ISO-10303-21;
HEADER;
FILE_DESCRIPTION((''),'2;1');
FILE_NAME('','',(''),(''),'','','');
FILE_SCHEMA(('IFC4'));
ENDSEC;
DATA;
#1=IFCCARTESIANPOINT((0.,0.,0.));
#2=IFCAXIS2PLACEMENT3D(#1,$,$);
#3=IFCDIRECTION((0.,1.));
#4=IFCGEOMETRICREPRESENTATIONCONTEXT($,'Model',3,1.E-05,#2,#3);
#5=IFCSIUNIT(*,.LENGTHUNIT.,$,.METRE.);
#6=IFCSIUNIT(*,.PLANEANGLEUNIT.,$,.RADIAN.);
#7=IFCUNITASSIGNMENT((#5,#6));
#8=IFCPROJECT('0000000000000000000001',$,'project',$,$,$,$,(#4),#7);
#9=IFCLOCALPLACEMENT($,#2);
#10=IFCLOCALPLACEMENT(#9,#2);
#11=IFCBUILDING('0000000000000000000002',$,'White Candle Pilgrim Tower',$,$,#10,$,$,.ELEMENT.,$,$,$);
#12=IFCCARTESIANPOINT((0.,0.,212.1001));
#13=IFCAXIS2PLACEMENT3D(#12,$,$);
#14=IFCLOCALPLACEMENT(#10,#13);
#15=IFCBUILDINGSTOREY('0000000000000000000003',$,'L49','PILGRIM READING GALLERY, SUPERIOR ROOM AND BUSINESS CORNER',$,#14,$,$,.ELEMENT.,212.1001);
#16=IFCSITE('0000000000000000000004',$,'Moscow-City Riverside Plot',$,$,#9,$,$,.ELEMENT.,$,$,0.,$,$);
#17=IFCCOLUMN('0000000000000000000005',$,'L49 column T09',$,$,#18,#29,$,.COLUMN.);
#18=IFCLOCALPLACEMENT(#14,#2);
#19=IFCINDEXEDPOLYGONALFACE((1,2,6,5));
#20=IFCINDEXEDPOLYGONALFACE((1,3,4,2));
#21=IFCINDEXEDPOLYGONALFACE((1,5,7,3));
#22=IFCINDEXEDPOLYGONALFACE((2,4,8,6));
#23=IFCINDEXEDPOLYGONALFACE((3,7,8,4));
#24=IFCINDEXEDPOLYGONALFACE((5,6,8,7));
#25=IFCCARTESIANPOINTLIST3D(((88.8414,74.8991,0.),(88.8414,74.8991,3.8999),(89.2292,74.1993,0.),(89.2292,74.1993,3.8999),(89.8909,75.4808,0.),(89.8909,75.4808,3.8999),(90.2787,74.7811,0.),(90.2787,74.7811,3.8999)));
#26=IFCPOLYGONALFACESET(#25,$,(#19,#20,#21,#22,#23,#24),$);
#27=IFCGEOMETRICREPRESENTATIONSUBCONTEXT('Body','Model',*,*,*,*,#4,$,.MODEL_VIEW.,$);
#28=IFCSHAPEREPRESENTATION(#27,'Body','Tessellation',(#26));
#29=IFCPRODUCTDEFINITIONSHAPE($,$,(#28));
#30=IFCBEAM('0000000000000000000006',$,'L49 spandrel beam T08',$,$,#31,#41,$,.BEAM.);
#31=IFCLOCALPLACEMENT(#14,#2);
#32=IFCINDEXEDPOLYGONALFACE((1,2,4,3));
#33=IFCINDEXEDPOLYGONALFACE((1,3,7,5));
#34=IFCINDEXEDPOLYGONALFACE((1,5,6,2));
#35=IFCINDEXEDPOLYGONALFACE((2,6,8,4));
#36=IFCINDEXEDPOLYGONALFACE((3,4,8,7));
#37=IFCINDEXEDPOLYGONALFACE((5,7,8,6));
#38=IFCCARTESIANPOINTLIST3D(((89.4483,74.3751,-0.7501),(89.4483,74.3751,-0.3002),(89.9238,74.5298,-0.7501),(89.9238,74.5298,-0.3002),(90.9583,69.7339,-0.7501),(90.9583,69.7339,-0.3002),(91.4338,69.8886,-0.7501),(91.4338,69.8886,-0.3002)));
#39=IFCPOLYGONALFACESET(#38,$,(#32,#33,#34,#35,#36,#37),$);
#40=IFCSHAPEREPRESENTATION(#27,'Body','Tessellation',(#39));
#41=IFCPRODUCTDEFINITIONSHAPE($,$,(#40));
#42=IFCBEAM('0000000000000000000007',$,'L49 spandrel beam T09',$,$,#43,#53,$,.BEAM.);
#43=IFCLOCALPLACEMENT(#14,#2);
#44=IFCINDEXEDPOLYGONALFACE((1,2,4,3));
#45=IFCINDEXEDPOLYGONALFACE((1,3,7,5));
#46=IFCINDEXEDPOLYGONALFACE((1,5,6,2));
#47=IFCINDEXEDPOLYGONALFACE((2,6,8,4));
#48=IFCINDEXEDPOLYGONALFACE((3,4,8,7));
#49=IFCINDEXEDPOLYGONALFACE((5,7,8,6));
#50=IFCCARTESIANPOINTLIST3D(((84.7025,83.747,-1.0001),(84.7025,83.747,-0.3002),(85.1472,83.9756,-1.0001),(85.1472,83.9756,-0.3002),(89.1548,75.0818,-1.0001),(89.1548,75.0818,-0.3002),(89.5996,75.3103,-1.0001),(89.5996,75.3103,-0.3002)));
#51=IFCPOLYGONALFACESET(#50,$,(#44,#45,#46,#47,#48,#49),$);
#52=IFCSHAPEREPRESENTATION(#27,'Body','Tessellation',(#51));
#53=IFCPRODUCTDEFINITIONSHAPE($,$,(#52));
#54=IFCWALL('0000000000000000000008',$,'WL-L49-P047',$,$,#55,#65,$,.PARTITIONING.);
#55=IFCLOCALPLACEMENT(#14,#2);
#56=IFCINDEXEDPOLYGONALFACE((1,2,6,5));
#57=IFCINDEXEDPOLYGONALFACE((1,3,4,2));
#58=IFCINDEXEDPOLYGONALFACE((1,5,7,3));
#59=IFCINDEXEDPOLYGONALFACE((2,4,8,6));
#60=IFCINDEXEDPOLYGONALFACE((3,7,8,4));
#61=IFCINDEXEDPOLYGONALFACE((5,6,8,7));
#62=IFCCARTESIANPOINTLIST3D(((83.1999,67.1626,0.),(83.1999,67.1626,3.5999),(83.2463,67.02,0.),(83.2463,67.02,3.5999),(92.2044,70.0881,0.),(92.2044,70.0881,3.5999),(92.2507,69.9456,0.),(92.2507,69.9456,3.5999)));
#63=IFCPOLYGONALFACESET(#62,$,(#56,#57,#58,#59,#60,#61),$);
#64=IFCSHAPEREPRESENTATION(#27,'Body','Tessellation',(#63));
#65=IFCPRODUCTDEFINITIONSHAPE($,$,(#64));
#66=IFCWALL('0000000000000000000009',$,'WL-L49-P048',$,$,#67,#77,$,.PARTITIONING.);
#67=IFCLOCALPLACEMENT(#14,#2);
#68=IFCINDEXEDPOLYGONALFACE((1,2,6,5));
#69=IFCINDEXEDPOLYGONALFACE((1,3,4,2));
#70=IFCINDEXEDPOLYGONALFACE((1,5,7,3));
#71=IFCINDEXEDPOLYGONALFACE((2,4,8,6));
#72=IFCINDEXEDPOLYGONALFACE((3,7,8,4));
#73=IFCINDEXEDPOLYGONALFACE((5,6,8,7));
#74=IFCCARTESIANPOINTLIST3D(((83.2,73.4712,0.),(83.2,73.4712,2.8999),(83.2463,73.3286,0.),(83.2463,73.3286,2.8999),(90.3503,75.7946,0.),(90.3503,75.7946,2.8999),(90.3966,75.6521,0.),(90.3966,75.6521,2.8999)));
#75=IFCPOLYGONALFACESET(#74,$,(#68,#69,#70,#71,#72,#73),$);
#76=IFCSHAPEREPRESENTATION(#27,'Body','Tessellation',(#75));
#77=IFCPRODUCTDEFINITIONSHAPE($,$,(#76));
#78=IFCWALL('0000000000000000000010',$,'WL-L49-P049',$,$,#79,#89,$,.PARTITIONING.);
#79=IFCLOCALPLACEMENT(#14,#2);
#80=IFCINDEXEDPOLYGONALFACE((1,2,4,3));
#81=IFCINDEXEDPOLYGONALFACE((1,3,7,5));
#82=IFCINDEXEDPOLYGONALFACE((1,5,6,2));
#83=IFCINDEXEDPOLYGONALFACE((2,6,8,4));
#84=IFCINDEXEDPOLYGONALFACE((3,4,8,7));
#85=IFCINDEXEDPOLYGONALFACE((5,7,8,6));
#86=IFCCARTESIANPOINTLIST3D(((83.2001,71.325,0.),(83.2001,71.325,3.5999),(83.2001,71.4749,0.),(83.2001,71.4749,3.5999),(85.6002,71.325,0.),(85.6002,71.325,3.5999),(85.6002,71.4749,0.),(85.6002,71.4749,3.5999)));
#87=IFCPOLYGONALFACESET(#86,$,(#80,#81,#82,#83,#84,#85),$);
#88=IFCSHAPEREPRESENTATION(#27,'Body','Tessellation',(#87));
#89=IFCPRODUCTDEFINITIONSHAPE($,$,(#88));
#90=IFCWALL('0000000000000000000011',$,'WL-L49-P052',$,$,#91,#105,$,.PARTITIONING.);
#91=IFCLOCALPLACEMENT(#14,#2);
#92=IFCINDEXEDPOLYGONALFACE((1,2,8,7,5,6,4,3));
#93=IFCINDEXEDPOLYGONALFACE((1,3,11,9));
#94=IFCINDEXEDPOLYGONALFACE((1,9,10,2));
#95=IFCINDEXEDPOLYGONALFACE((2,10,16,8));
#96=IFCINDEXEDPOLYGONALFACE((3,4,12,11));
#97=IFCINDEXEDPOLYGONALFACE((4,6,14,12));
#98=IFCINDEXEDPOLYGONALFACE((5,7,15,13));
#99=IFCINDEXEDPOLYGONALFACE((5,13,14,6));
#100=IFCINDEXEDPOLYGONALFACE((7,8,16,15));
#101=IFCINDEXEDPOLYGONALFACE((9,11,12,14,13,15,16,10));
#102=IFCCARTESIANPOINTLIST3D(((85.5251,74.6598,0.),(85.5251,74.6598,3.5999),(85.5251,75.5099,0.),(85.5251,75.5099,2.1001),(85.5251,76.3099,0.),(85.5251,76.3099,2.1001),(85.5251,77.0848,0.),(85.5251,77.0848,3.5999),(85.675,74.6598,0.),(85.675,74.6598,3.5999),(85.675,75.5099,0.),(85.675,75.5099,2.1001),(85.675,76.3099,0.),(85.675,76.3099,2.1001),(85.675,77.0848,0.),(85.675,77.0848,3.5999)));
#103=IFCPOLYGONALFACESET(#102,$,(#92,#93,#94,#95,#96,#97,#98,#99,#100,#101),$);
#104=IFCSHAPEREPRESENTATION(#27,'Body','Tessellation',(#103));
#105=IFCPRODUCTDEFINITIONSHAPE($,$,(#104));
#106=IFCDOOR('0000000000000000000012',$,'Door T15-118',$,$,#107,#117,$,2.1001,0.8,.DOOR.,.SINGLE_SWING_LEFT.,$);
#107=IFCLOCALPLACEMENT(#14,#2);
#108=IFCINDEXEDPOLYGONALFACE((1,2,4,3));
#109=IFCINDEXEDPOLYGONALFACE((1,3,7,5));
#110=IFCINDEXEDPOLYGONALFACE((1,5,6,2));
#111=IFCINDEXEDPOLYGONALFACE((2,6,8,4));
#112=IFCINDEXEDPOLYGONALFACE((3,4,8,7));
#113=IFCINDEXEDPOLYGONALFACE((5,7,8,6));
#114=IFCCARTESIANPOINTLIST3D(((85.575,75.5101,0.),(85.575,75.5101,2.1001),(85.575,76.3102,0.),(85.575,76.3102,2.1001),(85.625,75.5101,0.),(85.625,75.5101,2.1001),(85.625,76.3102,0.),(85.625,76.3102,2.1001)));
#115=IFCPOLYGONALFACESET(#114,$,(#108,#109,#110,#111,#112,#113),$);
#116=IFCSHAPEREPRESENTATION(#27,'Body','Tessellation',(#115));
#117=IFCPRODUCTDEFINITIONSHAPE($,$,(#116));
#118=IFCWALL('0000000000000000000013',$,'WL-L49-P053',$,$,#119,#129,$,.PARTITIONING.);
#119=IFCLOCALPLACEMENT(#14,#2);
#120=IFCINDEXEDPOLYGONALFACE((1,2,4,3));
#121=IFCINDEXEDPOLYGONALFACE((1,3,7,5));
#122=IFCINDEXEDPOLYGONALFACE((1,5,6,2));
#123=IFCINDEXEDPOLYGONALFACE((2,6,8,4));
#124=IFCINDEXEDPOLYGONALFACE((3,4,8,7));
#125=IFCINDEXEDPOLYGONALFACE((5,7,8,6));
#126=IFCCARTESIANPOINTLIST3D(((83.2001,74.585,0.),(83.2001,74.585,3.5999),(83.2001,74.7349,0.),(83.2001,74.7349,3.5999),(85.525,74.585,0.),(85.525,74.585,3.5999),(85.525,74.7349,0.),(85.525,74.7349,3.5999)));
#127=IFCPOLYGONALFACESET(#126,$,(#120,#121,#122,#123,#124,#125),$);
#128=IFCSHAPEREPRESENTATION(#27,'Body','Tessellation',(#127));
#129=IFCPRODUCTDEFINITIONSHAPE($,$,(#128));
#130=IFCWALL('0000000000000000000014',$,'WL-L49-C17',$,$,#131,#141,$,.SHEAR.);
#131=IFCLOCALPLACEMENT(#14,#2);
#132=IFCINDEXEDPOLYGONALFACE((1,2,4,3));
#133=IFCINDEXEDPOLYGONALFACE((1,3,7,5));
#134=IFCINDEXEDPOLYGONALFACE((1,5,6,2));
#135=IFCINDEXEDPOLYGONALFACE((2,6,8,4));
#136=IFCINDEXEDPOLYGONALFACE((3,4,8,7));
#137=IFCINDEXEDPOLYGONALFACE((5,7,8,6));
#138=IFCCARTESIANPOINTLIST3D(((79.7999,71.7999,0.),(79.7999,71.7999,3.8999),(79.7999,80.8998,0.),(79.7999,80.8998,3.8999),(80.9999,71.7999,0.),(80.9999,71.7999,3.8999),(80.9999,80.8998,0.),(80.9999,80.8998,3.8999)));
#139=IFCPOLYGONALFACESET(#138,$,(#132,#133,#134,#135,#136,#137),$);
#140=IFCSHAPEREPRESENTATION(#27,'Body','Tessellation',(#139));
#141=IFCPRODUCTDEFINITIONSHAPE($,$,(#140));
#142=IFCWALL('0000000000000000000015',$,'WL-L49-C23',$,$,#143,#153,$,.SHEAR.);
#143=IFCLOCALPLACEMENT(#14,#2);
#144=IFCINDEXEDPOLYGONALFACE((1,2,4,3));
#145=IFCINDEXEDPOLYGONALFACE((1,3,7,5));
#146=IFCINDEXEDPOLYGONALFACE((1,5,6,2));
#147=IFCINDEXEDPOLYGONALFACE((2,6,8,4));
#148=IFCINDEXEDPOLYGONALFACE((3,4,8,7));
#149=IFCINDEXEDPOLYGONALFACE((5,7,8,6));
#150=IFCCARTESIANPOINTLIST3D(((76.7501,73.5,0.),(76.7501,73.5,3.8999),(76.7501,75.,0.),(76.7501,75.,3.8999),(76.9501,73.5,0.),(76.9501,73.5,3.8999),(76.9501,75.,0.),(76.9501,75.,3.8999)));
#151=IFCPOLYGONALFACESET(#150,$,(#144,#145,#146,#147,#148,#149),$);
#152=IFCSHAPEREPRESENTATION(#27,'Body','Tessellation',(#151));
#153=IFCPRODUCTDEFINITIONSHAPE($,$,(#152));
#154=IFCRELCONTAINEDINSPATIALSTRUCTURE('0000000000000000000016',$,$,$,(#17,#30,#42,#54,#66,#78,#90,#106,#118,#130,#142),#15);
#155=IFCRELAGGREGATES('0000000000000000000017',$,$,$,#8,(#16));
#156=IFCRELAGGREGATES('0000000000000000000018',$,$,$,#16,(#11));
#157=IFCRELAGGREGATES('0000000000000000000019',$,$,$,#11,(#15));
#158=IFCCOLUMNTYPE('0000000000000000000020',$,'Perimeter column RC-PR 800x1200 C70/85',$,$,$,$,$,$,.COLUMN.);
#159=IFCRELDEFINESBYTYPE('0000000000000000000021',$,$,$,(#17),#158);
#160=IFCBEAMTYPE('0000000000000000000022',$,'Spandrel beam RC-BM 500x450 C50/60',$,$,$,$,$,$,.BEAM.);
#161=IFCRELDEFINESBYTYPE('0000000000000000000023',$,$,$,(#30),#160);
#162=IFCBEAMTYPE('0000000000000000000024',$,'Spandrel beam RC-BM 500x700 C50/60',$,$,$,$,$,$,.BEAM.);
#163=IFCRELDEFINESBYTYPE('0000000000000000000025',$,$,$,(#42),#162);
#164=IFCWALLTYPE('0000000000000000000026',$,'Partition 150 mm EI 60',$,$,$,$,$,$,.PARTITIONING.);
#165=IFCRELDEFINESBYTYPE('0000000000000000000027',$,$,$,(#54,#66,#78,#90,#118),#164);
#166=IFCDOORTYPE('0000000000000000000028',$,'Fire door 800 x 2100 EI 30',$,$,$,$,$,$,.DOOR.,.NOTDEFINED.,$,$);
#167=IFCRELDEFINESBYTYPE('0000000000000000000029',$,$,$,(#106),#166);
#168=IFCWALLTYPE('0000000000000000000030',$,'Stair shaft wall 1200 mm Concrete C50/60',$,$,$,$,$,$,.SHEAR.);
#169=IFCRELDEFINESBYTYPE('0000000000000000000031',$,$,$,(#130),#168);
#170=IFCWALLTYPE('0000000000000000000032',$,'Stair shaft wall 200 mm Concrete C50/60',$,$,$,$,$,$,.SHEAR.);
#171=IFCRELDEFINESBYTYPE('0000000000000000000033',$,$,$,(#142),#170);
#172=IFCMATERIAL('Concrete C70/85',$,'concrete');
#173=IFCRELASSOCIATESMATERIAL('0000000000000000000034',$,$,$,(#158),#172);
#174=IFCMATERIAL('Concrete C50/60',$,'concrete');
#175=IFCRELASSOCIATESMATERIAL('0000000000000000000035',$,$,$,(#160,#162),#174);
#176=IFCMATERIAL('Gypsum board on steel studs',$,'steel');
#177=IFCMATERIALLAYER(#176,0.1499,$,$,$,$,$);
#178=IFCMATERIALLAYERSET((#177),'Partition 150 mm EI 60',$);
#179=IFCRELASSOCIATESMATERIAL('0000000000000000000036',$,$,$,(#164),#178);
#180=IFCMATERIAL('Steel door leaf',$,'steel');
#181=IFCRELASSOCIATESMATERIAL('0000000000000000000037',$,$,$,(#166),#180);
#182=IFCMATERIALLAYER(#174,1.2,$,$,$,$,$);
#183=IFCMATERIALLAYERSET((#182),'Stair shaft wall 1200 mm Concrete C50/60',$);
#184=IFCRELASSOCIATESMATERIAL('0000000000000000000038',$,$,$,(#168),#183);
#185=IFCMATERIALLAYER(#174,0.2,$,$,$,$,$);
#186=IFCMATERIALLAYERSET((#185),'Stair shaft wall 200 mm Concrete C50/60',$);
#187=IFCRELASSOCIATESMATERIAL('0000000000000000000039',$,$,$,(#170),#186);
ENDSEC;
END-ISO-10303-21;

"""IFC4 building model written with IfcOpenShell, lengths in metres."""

from ifc_helpers import new_model, si_unit, direction, frame, frame_2d, origin, origin_2d, place, context, subcontext, project, spatial, rectangle, extrude, material, layer, layer_set, material_profile, profile_set, type_object, element, fill, save


model = new_model("IFC4")

# Units and contexts
model_context = context("Model", 3, precision=1e-05, world=origin(), true_north=direction((0.0, 1.0)))
body_context = subcontext(model_context, "Body", "Model", "MODEL_VIEW")
ifc_project = project(units=[si_unit("LENGTHUNIT", "METRE"), si_unit("PLANEANGLEUNIT", "RADIAN")], contexts=[model_context])

# Site, building, storey
site_placement = place(None, origin())
site = spatial("IfcSite", under=ifc_project, at=site_placement, Name="Moscow-City Riverside Plot", CompositionType="ELEMENT", RefElevation=0.0)
building_placement = place(site_placement, origin())
building = spatial("IfcBuilding", under=site, at=building_placement, Name="White Candle Pilgrim Tower", CompositionType="ELEMENT")
storey_placement = place(building_placement, frame((0.0, 0.0, 212.1001)))
storey = spatial("IfcBuildingStorey", under=building, at=storey_placement, Name="L49", Description="PILGRIM READING GALLERY, SUPERIOR ROOM AND BUSINESS CORNER", CompositionType="ELEMENT", Elevation=212.1001)

# Column
ifc_material_1 = material(Name="Concrete C70/85", Category="concrete")
ifc_material_profile_1 = material_profile(ifc_material_1, rectangle(XDim=0.8, YDim=1.2, at=origin_2d()), Name="RC-PR 800x1200")
ifc_profile_set_1 = profile_set([ifc_material_profile_1], Name="Concrete C70/85")
column_type = type_object("IfcColumnType", Name="Perimeter column RC-PR 800x1200 C70/85", PredefinedType="COLUMN", material=ifc_profile_set_1)
column_placement = place(storey_placement, frame((89.5601, 74.8401, 0.0), z_axis=(0.0, 0.0, 1.0), x_axis=(0.48481, -0.87462, 0.0)))
element("IfcColumn", 1, at=column_placement, inside=storey, type_object=column_type, Name="L49 column T09", PredefinedType="COLUMN", context=body_context, shape_type="SweptSolid", body=[
    extrude(rectangle(XDim=0.8, YDim=1.2, at=origin_2d()), origin(), (0.0, 0.0, 1.0), 3.8999),
])

# Beams
ifc_material_2 = material(Name="Concrete C50/60", Category="concrete")
ifc_material_profile_2 = material_profile(ifc_material_2, rectangle(XDim=0.5, YDim=0.45, at=origin_2d()), Name="RC-BM 500x450")
ifc_profile_set_2 = profile_set([ifc_material_profile_2], Name="Concrete C50/60")
beam_type_1 = type_object("IfcBeamType", Name="Spandrel beam RC-BM 500x450 C50/60", PredefinedType="BEAM", material=ifc_profile_set_2)
beam_1_placement = place(storey_placement, frame((91.196, 69.8113, -0.5251), z_axis=(-0.309391, 0.950935, 0.0), x_axis=(-0.950935, -0.309391, 0.0)))
element("IfcBeam", 2, at=beam_1_placement, inside=storey, type_object=beam_type_1, Name="L49 spandrel beam T08", PredefinedType="BEAM", context=body_context, shape_type="SweptSolid", body=[
    extrude(rectangle(XDim=0.5, YDim=0.45, at=origin_2d()), origin(), (0.0, 0.0, 1.0), 4.8806),
])
ifc_material_profile_3 = material_profile(ifc_material_2, rectangle(XDim=0.5, YDim=0.7, at=origin_2d()), Name="RC-BM 500x700")
ifc_profile_set_3 = profile_set([ifc_material_profile_3], Name="Concrete C50/60")
beam_type_2 = type_object("IfcBeamType", Name="Spandrel beam RC-BM 500x700 C50/60", PredefinedType="BEAM", material=ifc_profile_set_3)
beam_2_placement = place(storey_placement, frame((89.3772, 75.196, -0.6501), z_axis=(-0.45702, 0.889456, 0.0), x_axis=(-0.889456, -0.45702, 0.0)))
element("IfcBeam", 3, at=beam_2_placement, inside=storey, type_object=beam_type_2, Name="L49 spandrel beam T09", PredefinedType="BEAM", context=body_context, shape_type="SweptSolid", body=[
    extrude(rectangle(XDim=0.5, YDim=0.7, at=origin_2d()), origin(), (0.0, 0.0, 1.0), 9.7422),
])

# Walls
ifc_material_3 = material(Name="Gypsum board on steel studs", Category="steel")
ifc_layer_1 = layer(ifc_material_3, 0.1499)
ifc_layer_set_1 = layer_set([ifc_layer_1], Name="Partition 150 mm EI 60")
wall_type_1 = type_object("IfcWallType", Name="Partition 150 mm EI 60", PredefinedType="PARTITIONING", material=ifc_layer_set_1)
wall_1_placement = place(storey_placement, frame((92.2275, 70.0168, 0.0), z_axis=(0.0, 0.0, 1.0), x_axis=(-0.951062, -0.309001, 0.0)))
element("IfcWall", 4, at=wall_1_placement, inside=storey, type_object=wall_type_1, Name="WL-L49-P047", PredefinedType="PARTITIONING", context=body_context, shape_type="SweptSolid", body=[
    extrude(rectangle(XDim=9.4678, YDim=0.1499, at=frame_2d((4.7339, 0.0))), origin(), (0.0, 0.0, 1.0), 3.5999),
])
wall_2_placement = place(storey_placement, frame((90.3735, 75.7234, 0.0), z_axis=(0.0, 0.0, 1.0), x_axis=(-0.951049, -0.309039, 0.0)))
element("IfcWall", 5, at=wall_2_placement, inside=storey, type_object=wall_type_1, Name="WL-L49-P048", PredefinedType="PARTITIONING", context=body_context, shape_type="SweptSolid", body=[
    extrude(rectangle(XDim=7.5183, YDim=0.1499, at=frame_2d((3.7593, 0.0))), origin(), (0.0, 0.0, 1.0), 2.8999),
])
wall_3_placement = place(storey_placement, frame((83.2, 71.3999, 0.0), z_axis=(0.0, 0.0, 1.0), x_axis=(1.0, 0.0, 0.0)))
element("IfcWall", 6, at=wall_3_placement, inside=storey, type_object=wall_type_1, Name="WL-L49-P049", PredefinedType="PARTITIONING", context=body_context, shape_type="SweptSolid", body=[
    extrude(rectangle(XDim=2.4001, YDim=0.1499, at=frame_2d((1.2002, 0.0))), origin(), (0.0, 0.0, 1.0), 3.5999),
])

# Wall, opening, door
wall_4_placement = place(storey_placement, frame((85.6001, 74.6599, 0.0), z_axis=(0.0, 0.0, 1.0), x_axis=(0.0, 1.0, 0.0)))
wall_4 = element("IfcWall", 7, at=wall_4_placement, inside=storey, type_object=wall_type_1, Name="WL-L49-P052", PredefinedType="PARTITIONING", context=body_context, shape_type="SweptSolid", body=[
    extrude(rectangle(XDim=2.425, YDim=0.1499, at=frame_2d((1.2124, 0.0))), origin(), (0.0, 0.0, 1.0), 3.5999),
])
opening_placement = place(wall_4_placement, frame((0.8501, 0.0, 0.0)))
opening = element("IfcOpeningElement", 8, at=opening_placement, cuts=wall_4, PredefinedType="OPENING", context=body_context, shape_type="SweptSolid", body=[
    extrude(rectangle(XDim=0.8, YDim=2.1001, at=frame_2d((0.3999, 1.05))), frame((0.0, 0.085, 0.0), z_axis=(0.0, -1.0, 0.0), x_axis=(1.0, 0.0, 0.0)), (0.0, 0.0, 1.0), 0.1699),
])
ifc_material_4 = material(Name="Steel door leaf", Category="steel")
door_type = type_object("IfcDoorType", Name="Fire door 800 x 2100 EI 30", OperationType="NOTDEFINED", PredefinedType="DOOR", material=ifc_material_4)
door_placement = place(opening_placement, frame((0.8, 0.0, 0.0), z_axis=(0.0, 0.0, 1.0), x_axis=(-1.0, 0.0, 0.0)))
door = element("IfcDoor", 9, at=door_placement, inside=storey, type_object=door_type, Name="Door T15-118", OperationType="SINGLE_SWING_LEFT", OverallHeight=2.1001, OverallWidth=0.8, PredefinedType="DOOR", context=body_context, shape_type="SweptSolid", body=[
    extrude(rectangle(XDim=0.8, YDim=2.1001, at=frame_2d((0.3999, 1.05))), frame((0.0, 0.0249, 0.0), z_axis=(0.0, -1.0, 0.0), x_axis=(1.0, 0.0, 0.0)), (0.0, 0.0, 1.0), 0.05),
])
fill(opening, door)

# Walls
wall_5_placement = place(storey_placement, frame((83.2, 74.6599, 0.0), z_axis=(0.0, 0.0, 1.0), x_axis=(1.0, 0.0, 0.0)))
element("IfcWall", 10, at=wall_5_placement, inside=storey, type_object=wall_type_1, Name="WL-L49-P053", PredefinedType="PARTITIONING", context=body_context, shape_type="SweptSolid", body=[
    extrude(rectangle(XDim=2.325, YDim=0.1499, at=frame_2d((1.1626, 0.0))), origin(), (0.0, 0.0, 1.0), 3.5999),
])
ifc_layer_2 = layer(ifc_material_2, 1.2)
ifc_layer_set_2 = layer_set([ifc_layer_2], Name="Stair shaft wall 1200 mm Concrete C50/60")
wall_type_2 = type_object("IfcWallType", Name="Stair shaft wall 1200 mm Concrete C50/60", PredefinedType="SHEAR", material=ifc_layer_set_2)
wall_6_placement = place(storey_placement, frame((80.3999, 71.8, 0.0), z_axis=(0.0, 0.0, 1.0), x_axis=(0.0, 1.0, 0.0)))
element("IfcWall", 11, at=wall_6_placement, inside=storey, type_object=wall_type_2, Name="WL-L49-C17", PredefinedType="SHEAR", context=body_context, shape_type="SweptSolid", body=[
    extrude(rectangle(XDim=9.0999, YDim=1.2, at=frame_2d((4.5498, 0.0))), origin(), (0.0, 0.0, 1.0), 3.8999),
])
ifc_layer_3 = layer(ifc_material_2, 0.2)
ifc_layer_set_3 = layer_set([ifc_layer_3], Name="Stair shaft wall 200 mm Concrete C50/60")
wall_type_3 = type_object("IfcWallType", Name="Stair shaft wall 200 mm Concrete C50/60", PredefinedType="SHEAR", material=ifc_layer_set_3)
wall_7_placement = place(storey_placement, frame((76.8501, 73.5, 0.0), z_axis=(0.0, 0.0, 1.0), x_axis=(0.0, 1.0, 0.0)))
element("IfcWall", 12, at=wall_7_placement, inside=storey, type_object=wall_type_3, Name="WL-L49-C23", PredefinedType="SHEAR", context=body_context, shape_type="SweptSolid", body=[
    extrude(rectangle(XDim=1.5, YDim=0.2, at=frame_2d((0.75, 0.0))), origin(), (0.0, 0.0, 1.0), 3.8999),
])

save(model, "model.ifc")
